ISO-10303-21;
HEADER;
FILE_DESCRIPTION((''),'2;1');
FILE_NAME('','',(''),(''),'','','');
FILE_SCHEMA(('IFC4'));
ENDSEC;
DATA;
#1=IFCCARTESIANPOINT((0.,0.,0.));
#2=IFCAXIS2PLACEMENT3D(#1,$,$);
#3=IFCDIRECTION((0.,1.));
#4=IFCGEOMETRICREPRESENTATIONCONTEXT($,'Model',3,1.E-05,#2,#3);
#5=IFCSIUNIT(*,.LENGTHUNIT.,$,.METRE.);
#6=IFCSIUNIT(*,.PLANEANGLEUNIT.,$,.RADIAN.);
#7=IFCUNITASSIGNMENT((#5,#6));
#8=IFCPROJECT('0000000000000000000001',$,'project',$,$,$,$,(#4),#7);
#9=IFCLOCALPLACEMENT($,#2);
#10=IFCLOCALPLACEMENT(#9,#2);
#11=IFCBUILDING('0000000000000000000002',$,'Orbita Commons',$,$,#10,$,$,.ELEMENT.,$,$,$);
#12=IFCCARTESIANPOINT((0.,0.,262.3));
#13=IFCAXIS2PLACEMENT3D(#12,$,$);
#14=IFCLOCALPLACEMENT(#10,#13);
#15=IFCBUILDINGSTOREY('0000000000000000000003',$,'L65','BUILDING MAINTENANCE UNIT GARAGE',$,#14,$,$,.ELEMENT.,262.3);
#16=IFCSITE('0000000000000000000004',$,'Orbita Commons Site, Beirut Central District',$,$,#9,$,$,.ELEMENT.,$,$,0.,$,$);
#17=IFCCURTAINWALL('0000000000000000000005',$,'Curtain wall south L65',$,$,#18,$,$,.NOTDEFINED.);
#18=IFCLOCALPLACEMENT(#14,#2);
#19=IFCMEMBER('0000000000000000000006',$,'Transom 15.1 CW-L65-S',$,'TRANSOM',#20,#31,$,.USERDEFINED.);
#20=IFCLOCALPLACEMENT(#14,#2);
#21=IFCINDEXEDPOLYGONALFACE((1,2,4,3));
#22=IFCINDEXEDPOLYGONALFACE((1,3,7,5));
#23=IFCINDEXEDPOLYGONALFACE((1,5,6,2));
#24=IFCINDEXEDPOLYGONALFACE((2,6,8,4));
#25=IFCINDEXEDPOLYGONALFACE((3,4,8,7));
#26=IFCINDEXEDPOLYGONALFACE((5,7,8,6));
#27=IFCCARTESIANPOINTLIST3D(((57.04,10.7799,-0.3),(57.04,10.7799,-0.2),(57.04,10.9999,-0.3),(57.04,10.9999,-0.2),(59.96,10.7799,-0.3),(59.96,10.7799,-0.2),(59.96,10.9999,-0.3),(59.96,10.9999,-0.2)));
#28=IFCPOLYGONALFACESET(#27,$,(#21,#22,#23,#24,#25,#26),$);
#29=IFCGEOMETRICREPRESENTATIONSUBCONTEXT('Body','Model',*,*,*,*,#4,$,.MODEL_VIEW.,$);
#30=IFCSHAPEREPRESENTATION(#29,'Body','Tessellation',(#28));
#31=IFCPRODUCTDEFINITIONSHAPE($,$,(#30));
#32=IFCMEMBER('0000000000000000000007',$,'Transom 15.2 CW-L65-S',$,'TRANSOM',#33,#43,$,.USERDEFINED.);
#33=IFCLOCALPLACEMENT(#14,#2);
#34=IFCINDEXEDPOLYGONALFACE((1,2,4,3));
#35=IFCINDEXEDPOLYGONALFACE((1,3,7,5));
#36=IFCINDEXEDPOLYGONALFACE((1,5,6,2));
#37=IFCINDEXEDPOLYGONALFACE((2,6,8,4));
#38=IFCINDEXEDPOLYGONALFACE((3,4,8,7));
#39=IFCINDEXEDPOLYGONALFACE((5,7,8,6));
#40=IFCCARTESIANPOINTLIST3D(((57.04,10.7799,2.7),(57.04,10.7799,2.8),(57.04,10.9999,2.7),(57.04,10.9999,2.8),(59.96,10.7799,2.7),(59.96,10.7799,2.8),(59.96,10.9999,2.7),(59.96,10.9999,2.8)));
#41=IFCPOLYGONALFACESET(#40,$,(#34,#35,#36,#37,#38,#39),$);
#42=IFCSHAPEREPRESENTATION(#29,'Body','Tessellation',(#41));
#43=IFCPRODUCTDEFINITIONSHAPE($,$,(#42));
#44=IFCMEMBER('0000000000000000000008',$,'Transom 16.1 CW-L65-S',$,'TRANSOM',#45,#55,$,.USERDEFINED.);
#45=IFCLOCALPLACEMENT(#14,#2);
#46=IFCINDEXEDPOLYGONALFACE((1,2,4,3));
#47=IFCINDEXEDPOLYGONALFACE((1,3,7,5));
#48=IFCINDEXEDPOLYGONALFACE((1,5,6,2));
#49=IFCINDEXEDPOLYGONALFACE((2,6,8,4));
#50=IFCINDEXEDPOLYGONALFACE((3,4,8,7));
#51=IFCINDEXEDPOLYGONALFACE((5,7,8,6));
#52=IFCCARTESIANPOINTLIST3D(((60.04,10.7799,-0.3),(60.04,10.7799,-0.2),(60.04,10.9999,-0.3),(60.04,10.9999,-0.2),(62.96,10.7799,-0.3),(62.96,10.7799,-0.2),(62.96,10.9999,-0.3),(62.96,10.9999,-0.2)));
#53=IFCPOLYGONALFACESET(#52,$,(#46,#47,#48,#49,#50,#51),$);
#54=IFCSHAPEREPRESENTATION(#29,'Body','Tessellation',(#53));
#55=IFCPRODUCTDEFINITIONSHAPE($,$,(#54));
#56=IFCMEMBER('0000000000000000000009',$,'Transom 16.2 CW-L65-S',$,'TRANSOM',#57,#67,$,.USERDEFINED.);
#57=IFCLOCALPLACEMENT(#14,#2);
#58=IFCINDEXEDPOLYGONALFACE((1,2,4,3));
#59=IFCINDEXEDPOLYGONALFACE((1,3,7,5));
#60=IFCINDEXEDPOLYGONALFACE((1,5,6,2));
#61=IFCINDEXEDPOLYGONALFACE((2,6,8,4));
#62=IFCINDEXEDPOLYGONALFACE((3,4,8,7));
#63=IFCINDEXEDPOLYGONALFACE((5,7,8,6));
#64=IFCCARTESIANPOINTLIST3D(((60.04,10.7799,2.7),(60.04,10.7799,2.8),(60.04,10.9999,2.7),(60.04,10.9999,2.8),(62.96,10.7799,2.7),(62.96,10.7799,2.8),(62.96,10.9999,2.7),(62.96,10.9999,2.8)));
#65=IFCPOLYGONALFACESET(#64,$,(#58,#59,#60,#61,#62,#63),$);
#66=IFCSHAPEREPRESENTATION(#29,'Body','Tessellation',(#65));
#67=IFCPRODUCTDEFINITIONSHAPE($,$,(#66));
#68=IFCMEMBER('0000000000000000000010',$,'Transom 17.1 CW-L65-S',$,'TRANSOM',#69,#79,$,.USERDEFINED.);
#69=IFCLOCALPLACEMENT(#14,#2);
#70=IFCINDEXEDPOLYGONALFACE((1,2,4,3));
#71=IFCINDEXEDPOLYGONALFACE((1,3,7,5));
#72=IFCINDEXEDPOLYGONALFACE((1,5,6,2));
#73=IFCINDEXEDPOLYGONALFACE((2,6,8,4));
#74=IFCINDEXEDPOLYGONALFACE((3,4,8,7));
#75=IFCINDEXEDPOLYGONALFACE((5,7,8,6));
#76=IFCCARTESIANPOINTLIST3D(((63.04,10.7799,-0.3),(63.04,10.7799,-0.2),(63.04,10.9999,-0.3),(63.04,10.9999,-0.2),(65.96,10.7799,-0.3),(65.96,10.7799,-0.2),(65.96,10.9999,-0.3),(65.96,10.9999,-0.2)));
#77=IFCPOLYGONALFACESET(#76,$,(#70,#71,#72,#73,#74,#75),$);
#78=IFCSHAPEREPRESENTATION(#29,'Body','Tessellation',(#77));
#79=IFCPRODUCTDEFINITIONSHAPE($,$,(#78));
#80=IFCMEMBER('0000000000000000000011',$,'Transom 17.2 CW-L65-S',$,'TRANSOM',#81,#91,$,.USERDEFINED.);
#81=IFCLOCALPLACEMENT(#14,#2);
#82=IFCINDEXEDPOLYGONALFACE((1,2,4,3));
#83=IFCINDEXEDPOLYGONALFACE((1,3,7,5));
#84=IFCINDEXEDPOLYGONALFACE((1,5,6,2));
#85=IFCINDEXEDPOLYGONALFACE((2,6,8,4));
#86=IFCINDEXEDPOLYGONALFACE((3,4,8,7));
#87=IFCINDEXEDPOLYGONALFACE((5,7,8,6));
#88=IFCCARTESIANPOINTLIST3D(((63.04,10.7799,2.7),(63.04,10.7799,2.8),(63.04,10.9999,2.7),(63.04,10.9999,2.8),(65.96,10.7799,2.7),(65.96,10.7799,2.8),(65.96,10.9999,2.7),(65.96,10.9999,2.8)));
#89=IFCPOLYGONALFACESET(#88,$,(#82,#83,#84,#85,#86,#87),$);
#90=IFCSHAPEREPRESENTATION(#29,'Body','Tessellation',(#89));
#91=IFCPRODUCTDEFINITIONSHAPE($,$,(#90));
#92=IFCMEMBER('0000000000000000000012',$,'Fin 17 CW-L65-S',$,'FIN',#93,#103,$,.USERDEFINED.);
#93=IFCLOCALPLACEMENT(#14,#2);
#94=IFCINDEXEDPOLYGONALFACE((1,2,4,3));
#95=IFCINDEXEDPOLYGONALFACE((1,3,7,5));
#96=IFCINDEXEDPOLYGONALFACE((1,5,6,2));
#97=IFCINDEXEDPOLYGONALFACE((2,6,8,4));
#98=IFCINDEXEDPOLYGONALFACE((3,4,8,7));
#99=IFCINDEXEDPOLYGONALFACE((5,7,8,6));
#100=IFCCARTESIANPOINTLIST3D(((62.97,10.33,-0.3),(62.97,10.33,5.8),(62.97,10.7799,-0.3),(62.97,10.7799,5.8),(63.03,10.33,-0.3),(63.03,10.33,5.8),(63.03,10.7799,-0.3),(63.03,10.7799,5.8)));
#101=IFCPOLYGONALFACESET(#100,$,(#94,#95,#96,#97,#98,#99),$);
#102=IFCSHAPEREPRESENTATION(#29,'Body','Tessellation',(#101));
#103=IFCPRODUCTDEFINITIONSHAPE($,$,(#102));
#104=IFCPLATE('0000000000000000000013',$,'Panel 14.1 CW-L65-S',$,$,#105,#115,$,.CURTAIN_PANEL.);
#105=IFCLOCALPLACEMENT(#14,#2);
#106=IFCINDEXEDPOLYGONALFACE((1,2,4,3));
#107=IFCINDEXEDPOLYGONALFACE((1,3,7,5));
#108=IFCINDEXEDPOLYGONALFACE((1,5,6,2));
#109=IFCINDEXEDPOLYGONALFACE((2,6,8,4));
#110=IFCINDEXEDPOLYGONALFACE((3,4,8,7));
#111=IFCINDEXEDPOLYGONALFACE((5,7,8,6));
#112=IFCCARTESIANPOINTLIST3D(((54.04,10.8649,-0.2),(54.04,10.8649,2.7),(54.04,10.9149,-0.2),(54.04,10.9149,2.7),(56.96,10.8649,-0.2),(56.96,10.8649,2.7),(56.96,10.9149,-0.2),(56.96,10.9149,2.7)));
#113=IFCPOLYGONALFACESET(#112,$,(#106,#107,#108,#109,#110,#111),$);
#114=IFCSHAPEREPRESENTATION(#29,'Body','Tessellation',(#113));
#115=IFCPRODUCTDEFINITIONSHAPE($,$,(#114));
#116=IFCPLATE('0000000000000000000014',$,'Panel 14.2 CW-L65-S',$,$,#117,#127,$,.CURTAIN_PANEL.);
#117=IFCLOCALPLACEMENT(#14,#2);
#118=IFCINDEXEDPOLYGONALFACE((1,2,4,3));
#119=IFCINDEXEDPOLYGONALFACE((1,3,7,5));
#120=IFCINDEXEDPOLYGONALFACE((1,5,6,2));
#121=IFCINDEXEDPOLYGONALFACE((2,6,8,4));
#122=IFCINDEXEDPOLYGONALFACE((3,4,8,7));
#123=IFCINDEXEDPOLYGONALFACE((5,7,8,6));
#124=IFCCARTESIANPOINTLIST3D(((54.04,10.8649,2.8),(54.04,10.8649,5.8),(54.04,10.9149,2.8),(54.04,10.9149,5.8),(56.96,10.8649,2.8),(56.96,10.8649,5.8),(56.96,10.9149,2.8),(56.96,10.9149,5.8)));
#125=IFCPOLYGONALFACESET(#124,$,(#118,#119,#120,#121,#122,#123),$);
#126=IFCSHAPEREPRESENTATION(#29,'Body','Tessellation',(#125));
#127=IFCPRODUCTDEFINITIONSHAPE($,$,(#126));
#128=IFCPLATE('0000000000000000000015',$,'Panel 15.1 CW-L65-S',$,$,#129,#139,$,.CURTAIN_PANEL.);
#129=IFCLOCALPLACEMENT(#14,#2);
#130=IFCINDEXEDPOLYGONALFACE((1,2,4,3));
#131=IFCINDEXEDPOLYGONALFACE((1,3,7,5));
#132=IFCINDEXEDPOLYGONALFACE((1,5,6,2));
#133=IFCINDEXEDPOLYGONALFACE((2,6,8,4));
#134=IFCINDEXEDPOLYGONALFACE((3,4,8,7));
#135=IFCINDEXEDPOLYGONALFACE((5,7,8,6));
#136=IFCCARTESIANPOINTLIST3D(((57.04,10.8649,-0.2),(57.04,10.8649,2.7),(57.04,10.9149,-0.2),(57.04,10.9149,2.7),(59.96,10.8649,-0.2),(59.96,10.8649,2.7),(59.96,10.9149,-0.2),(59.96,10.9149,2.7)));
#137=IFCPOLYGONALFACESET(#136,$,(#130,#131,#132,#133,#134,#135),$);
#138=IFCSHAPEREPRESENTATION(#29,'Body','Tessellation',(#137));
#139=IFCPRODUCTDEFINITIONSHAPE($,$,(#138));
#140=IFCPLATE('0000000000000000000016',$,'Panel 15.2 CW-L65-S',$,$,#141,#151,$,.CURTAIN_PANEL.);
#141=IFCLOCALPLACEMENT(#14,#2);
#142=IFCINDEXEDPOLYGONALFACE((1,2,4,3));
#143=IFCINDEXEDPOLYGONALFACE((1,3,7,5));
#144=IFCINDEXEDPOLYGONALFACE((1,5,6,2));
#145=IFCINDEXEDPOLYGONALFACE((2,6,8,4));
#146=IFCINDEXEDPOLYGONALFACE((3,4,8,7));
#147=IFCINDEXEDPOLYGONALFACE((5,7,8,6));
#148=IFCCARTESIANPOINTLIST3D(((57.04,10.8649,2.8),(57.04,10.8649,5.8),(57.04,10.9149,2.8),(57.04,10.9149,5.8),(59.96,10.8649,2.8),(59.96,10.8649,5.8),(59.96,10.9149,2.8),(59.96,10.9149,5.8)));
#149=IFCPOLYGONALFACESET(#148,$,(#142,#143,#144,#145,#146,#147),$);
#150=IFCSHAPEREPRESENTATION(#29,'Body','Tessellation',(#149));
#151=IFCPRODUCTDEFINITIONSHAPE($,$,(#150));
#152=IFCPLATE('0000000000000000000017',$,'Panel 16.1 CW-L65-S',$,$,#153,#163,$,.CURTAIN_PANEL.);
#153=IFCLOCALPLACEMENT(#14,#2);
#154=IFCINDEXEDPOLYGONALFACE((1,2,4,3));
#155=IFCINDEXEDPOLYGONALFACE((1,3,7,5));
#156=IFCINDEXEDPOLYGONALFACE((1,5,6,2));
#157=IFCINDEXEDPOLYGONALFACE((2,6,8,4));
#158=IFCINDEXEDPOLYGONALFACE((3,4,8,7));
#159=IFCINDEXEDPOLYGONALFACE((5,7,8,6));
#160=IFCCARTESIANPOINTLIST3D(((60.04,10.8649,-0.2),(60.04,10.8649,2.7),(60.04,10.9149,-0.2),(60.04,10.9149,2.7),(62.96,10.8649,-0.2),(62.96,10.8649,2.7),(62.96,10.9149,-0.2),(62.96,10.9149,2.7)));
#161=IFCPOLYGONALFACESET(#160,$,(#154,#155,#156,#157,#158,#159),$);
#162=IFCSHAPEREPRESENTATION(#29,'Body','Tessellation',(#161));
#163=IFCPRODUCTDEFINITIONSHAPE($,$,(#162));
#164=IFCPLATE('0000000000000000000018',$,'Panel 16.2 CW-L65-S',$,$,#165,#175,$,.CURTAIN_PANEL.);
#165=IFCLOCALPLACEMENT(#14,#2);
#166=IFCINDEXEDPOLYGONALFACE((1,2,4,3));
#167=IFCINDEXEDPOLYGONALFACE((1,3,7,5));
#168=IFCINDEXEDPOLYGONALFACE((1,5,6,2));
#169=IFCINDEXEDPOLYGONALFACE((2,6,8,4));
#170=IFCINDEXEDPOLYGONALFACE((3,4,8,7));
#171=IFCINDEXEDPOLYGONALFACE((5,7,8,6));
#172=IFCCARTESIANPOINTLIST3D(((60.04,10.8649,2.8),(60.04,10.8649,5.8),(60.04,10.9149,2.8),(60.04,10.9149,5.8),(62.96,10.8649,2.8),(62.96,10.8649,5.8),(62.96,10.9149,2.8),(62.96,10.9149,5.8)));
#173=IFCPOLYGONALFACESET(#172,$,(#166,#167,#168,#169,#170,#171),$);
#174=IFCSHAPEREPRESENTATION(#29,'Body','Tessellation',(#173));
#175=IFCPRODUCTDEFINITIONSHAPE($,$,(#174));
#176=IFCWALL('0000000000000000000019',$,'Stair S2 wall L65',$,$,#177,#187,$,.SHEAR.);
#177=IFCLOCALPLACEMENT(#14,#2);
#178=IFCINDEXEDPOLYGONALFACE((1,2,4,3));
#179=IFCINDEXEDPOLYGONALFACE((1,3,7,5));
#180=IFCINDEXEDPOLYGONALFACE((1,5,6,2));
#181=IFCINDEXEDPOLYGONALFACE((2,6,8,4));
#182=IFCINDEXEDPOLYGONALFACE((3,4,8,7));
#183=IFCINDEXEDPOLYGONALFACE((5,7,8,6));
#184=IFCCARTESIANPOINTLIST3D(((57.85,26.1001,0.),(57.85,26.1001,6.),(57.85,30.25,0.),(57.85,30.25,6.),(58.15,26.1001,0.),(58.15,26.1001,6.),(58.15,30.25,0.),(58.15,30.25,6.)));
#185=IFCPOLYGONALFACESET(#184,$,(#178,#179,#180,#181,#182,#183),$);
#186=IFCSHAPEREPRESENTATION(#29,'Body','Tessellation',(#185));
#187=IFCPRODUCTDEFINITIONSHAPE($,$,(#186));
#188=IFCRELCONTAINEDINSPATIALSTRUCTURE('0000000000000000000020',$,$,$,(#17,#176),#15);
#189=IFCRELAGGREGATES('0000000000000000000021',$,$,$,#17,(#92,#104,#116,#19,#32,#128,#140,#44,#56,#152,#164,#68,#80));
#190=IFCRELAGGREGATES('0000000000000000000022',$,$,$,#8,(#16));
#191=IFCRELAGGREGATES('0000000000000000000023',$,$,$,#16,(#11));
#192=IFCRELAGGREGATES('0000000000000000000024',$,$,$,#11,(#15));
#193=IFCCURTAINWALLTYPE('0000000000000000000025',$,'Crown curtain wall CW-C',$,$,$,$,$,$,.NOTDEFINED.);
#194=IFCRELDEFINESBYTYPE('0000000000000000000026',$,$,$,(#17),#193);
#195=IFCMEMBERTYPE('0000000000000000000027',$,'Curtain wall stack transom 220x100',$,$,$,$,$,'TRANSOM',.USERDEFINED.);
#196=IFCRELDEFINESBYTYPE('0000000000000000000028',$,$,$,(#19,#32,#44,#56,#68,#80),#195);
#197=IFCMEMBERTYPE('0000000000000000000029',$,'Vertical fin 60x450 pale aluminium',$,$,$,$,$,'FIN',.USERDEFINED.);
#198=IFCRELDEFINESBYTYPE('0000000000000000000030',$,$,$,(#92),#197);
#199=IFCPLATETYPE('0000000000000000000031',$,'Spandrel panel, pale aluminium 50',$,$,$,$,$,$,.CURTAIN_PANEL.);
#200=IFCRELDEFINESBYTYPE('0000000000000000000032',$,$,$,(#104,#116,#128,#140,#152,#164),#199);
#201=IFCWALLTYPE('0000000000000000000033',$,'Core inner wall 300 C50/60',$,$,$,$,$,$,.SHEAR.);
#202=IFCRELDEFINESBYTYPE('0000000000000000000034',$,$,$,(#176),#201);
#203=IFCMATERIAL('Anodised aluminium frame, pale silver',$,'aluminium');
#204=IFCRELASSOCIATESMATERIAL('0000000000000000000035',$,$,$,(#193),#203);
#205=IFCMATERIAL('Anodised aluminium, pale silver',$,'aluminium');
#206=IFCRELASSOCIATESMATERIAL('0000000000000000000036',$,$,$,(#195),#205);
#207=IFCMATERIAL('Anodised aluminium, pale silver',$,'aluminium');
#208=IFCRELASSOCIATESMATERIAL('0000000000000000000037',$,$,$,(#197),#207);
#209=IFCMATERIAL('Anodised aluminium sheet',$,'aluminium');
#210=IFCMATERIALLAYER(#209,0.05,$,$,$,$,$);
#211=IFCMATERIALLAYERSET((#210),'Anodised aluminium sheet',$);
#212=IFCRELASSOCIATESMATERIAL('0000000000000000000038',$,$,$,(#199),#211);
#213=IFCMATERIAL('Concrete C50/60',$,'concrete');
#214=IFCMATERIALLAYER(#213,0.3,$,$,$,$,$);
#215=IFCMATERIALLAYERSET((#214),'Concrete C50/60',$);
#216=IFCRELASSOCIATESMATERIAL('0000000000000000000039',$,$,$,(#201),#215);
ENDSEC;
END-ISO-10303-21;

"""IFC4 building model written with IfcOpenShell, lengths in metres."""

from ifc_helpers import new_model, si_unit, direction, frame, frame_2d, origin, origin_2d, place, context, subcontext, project, spatial, rectangle, extrude, material, layer, layer_set, material_profile, profile_set, type_object, element, aggregate, save


model = new_model("IFC4")

# Units and contexts
model_context = context("Model", 3, precision=1e-05, world=origin(), true_north=direction((0.0, 1.0)))
body_context = subcontext(model_context, "Body", "Model", "MODEL_VIEW")
ifc_project = project(units=[si_unit("LENGTHUNIT", "METRE"), si_unit("PLANEANGLEUNIT", "RADIAN")], contexts=[model_context])

# Site, building, storey
site_placement = place(None, origin())
site = spatial("IfcSite", under=ifc_project, at=site_placement, Name="Orbita Commons Site, Beirut Central District", CompositionType="ELEMENT", RefElevation=0.0)
building_placement = place(site_placement, origin())
building = spatial("IfcBuilding", under=site, at=building_placement, Name="Orbita Commons", CompositionType="ELEMENT")
storey_placement = place(building_placement, frame((0.0, 0.0, 262.3)))
storey = spatial("IfcBuildingStorey", under=building, at=storey_placement, Name="L65", Description="BUILDING MAINTENANCE UNIT GARAGE", CompositionType="ELEMENT", Elevation=262.3)

# Curtain wall, members, plates
ifc_material_1 = material(Name="Anodised aluminium frame, pale silver", Category="aluminium")
curtain_wall_type = type_object("IfcCurtainWallType", Name="Crown curtain wall CW-C", PredefinedType="NOTDEFINED", material=ifc_material_1)
curtain_wall_placement = place(storey_placement, origin())
curtain_wall = element("IfcCurtainWall", 1, at=curtain_wall_placement, inside=storey, type_object=curtain_wall_type, Name="Curtain wall south L65", PredefinedType="NOTDEFINED")
ifc_material_2 = material(Name="Anodised aluminium, pale silver", Category="aluminium")
ifc_material_profile_1 = material_profile(ifc_material_2, rectangle(XDim=0.22, YDim=0.1001, at=origin_2d()), Name="AL 220x100")
ifc_profile_set_1 = profile_set([ifc_material_profile_1], Name="Anodised aluminium, pale silver")
member_type_1 = type_object("IfcMemberType", Name="Curtain wall stack transom 220x100", ElementType="TRANSOM", PredefinedType="USERDEFINED", material=ifc_profile_set_1)
member_1_placement = place(storey_placement, frame((57.04, 10.8899, -0.25), z_axis=(1.0, 0.0, 0.0), x_axis=(0.0, 1.0, 0.0)))
member_1 = element("IfcMember", 2, at=member_1_placement, type_object=member_type_1, Name="Transom 15.1 CW-L65-S", ObjectType="TRANSOM", PredefinedType="USERDEFINED", context=body_context, shape_type="SweptSolid", body=[
    extrude(rectangle(XDim=0.22, YDim=0.1001, at=origin_2d()), origin(), (0.0, 0.0, 1.0), 2.9199),
])
member_2_placement = place(storey_placement, frame((57.04, 10.8899, 2.75), z_axis=(1.0, 0.0, 0.0), x_axis=(0.0, 1.0, 0.0)))
member_2 = element("IfcMember", 3, at=member_2_placement, type_object=member_type_1, Name="Transom 15.2 CW-L65-S", ObjectType="TRANSOM", PredefinedType="USERDEFINED", context=body_context, shape_type="SweptSolid", body=[
    extrude(rectangle(XDim=0.22, YDim=0.1001, at=origin_2d()), origin(), (0.0, 0.0, 1.0), 2.9199),
])
member_3_placement = place(storey_placement, frame((60.04, 10.8899, -0.25), z_axis=(1.0, 0.0, 0.0), x_axis=(0.0, 1.0, 0.0)))
member_3 = element("IfcMember", 4, at=member_3_placement, type_object=member_type_1, Name="Transom 16.1 CW-L65-S", ObjectType="TRANSOM", PredefinedType="USERDEFINED", context=body_context, shape_type="SweptSolid", body=[
    extrude(rectangle(XDim=0.22, YDim=0.1001, at=origin_2d()), origin(), (0.0, 0.0, 1.0), 2.9199),
])
member_4_placement = place(storey_placement, frame((60.04, 10.8899, 2.75), z_axis=(1.0, 0.0, 0.0), x_axis=(0.0, 1.0, 0.0)))
member_4 = element("IfcMember", 5, at=member_4_placement, type_object=member_type_1, Name="Transom 16.2 CW-L65-S", ObjectType="TRANSOM", PredefinedType="USERDEFINED", context=body_context, shape_type="SweptSolid", body=[
    extrude(rectangle(XDim=0.22, YDim=0.1001, at=origin_2d()), origin(), (0.0, 0.0, 1.0), 2.9199),
])
member_5_placement = place(storey_placement, frame((63.04, 10.8899, -0.25), z_axis=(1.0, 0.0, 0.0), x_axis=(0.0, 1.0, 0.0)))
member_5 = element("IfcMember", 6, at=member_5_placement, type_object=member_type_1, Name="Transom 17.1 CW-L65-S", ObjectType="TRANSOM", PredefinedType="USERDEFINED", context=body_context, shape_type="SweptSolid", body=[
    extrude(rectangle(XDim=0.22, YDim=0.1001, at=origin_2d()), origin(), (0.0, 0.0, 1.0), 2.9199),
])
member_6_placement = place(storey_placement, frame((63.04, 10.8899, 2.75), z_axis=(1.0, 0.0, 0.0), x_axis=(0.0, 1.0, 0.0)))
member_6 = element("IfcMember", 7, at=member_6_placement, type_object=member_type_1, Name="Transom 17.2 CW-L65-S", ObjectType="TRANSOM", PredefinedType="USERDEFINED", context=body_context, shape_type="SweptSolid", body=[
    extrude(rectangle(XDim=0.22, YDim=0.1001, at=origin_2d()), origin(), (0.0, 0.0, 1.0), 2.9199),
])
ifc_material_3 = material(Name="Anodised aluminium, pale silver", Category="aluminium")
ifc_material_profile_2 = material_profile(ifc_material_3, rectangle(XDim=0.0601, YDim=0.45, at=origin_2d()), Name="FIN 60x450")
ifc_profile_set_2 = profile_set([ifc_material_profile_2], Name="Anodised aluminium, pale silver")
member_type_2 = type_object("IfcMemberType", Name="Vertical fin 60x450 pale aluminium", ElementType="FIN", PredefinedType="USERDEFINED", material=ifc_profile_set_2)
member_7_placement = place(storey_placement, frame((63.0, 10.5549, -0.3), z_axis=(0.0, 0.0, 1.0), x_axis=(1.0, 0.0, 0.0)))
member_7 = element("IfcMember", 8, at=member_7_placement, type_object=member_type_2, Name="Fin 17 CW-L65-S", ObjectType="FIN", PredefinedType="USERDEFINED", context=body_context, shape_type="SweptSolid", body=[
    extrude(rectangle(XDim=0.0601, YDim=0.45, at=origin_2d()), origin(), (0.0, 0.0, 1.0), 6.1001),
])
ifc_material_4 = material(Name="Anodised aluminium sheet", Category="aluminium")
ifc_layer_1 = layer(ifc_material_4, 0.05)
ifc_layer_set_1 = layer_set([ifc_layer_1], Name="Anodised aluminium sheet")
plate_type = type_object("IfcPlateType", Name="Spandrel panel, pale aluminium 50", PredefinedType="CURTAIN_PANEL", material=ifc_layer_set_1)
plate_1_placement = place(storey_placement, frame((55.5, 10.8899, -0.2), z_axis=(0.0, 0.0, 1.0), x_axis=(1.0, 0.0, 0.0)))
plate_1 = element("IfcPlate", 9, at=plate_1_placement, type_object=plate_type, Name="Panel 14.1 CW-L65-S", PredefinedType="CURTAIN_PANEL", context=body_context, shape_type="SweptSolid", body=[
    extrude(rectangle(XDim=2.9199, YDim=0.05, at=origin_2d()), origin(), (0.0, 0.0, 1.0), 2.8999),
])
plate_2_placement = place(storey_placement, frame((55.5, 10.8899, 2.8), z_axis=(0.0, 0.0, 1.0), x_axis=(1.0, 0.0, 0.0)))
plate_2 = element("IfcPlate", 10, at=plate_2_placement, type_object=plate_type, Name="Panel 14.2 CW-L65-S", PredefinedType="CURTAIN_PANEL", context=body_context, shape_type="SweptSolid", body=[
    extrude(rectangle(XDim=2.9199, YDim=0.05, at=origin_2d()), origin(), (0.0, 0.0, 1.0), 3.0),
])
plate_3_placement = place(storey_placement, frame((58.5, 10.8899, -0.2), z_axis=(0.0, 0.0, 1.0), x_axis=(1.0, 0.0, 0.0)))
plate_3 = element("IfcPlate", 11, at=plate_3_placement, type_object=plate_type, Name="Panel 15.1 CW-L65-S", PredefinedType="CURTAIN_PANEL", context=body_context, shape_type="SweptSolid", body=[
    extrude(rectangle(XDim=2.9199, YDim=0.05, at=origin_2d()), origin(), (0.0, 0.0, 1.0), 2.8999),
])
plate_4_placement = place(storey_placement, frame((58.5, 10.8899, 2.8), z_axis=(0.0, 0.0, 1.0), x_axis=(1.0, 0.0, 0.0)))
plate_4 = element("IfcPlate", 12, at=plate_4_placement, type_object=plate_type, Name="Panel 15.2 CW-L65-S", PredefinedType="CURTAIN_PANEL", context=body_context, shape_type="SweptSolid", body=[
    extrude(rectangle(XDim=2.9199, YDim=0.05, at=origin_2d()), origin(), (0.0, 0.0, 1.0), 3.0),
])
plate_5_placement = place(storey_placement, frame((61.5, 10.8899, -0.2), z_axis=(0.0, 0.0, 1.0), x_axis=(1.0, 0.0, 0.0)))
plate_5 = element("IfcPlate", 13, at=plate_5_placement, type_object=plate_type, Name="Panel 16.1 CW-L65-S", PredefinedType="CURTAIN_PANEL", context=body_context, shape_type="SweptSolid", body=[
    extrude(rectangle(XDim=2.9199, YDim=0.05, at=origin_2d()), origin(), (0.0, 0.0, 1.0), 2.8999),
])
plate_6_placement = place(storey_placement, frame((61.5, 10.8899, 2.8), z_axis=(0.0, 0.0, 1.0), x_axis=(1.0, 0.0, 0.0)))
plate_6 = element("IfcPlate", 14, at=plate_6_placement, type_object=plate_type, Name="Panel 16.2 CW-L65-S", PredefinedType="CURTAIN_PANEL", context=body_context, shape_type="SweptSolid", body=[
    extrude(rectangle(XDim=2.9199, YDim=0.05, at=origin_2d()), origin(), (0.0, 0.0, 1.0), 3.0),
])
aggregate(curtain_wall, [member_7, plate_1, plate_2, member_1, member_2, plate_3, plate_4, member_3, member_4, plate_5, plate_6, member_5, member_6])

# Wall
ifc_material_5 = material(Name="Concrete C50/60", Category="concrete")
ifc_layer_2 = layer(ifc_material_5, 0.3)
ifc_layer_set_2 = layer_set([ifc_layer_2], Name="Concrete C50/60")
wall_type_1 = type_object("IfcWallType", Name="Core inner wall 300 C50/60", PredefinedType="SHEAR", material=ifc_layer_set_2)
wall_1_placement = place(storey_placement, frame((58.0, 26.1001, 0.0), z_axis=(0.0, 0.0, 1.0), x_axis=(0.0, 1.0, 0.0)))
element("IfcWall", 15, at=wall_1_placement, inside=storey, type_object=wall_type_1, Name="Stair S2 wall L65", PredefinedType="SHEAR", context=body_context, shape_type="SweptSolid", body=[
    extrude(rectangle(XDim=4.1499, YDim=0.3, at=frame_2d((2.075, 0.0))), origin(), (0.0, 0.0, 1.0), 6.0),
])

save(model, "model.ifc")
